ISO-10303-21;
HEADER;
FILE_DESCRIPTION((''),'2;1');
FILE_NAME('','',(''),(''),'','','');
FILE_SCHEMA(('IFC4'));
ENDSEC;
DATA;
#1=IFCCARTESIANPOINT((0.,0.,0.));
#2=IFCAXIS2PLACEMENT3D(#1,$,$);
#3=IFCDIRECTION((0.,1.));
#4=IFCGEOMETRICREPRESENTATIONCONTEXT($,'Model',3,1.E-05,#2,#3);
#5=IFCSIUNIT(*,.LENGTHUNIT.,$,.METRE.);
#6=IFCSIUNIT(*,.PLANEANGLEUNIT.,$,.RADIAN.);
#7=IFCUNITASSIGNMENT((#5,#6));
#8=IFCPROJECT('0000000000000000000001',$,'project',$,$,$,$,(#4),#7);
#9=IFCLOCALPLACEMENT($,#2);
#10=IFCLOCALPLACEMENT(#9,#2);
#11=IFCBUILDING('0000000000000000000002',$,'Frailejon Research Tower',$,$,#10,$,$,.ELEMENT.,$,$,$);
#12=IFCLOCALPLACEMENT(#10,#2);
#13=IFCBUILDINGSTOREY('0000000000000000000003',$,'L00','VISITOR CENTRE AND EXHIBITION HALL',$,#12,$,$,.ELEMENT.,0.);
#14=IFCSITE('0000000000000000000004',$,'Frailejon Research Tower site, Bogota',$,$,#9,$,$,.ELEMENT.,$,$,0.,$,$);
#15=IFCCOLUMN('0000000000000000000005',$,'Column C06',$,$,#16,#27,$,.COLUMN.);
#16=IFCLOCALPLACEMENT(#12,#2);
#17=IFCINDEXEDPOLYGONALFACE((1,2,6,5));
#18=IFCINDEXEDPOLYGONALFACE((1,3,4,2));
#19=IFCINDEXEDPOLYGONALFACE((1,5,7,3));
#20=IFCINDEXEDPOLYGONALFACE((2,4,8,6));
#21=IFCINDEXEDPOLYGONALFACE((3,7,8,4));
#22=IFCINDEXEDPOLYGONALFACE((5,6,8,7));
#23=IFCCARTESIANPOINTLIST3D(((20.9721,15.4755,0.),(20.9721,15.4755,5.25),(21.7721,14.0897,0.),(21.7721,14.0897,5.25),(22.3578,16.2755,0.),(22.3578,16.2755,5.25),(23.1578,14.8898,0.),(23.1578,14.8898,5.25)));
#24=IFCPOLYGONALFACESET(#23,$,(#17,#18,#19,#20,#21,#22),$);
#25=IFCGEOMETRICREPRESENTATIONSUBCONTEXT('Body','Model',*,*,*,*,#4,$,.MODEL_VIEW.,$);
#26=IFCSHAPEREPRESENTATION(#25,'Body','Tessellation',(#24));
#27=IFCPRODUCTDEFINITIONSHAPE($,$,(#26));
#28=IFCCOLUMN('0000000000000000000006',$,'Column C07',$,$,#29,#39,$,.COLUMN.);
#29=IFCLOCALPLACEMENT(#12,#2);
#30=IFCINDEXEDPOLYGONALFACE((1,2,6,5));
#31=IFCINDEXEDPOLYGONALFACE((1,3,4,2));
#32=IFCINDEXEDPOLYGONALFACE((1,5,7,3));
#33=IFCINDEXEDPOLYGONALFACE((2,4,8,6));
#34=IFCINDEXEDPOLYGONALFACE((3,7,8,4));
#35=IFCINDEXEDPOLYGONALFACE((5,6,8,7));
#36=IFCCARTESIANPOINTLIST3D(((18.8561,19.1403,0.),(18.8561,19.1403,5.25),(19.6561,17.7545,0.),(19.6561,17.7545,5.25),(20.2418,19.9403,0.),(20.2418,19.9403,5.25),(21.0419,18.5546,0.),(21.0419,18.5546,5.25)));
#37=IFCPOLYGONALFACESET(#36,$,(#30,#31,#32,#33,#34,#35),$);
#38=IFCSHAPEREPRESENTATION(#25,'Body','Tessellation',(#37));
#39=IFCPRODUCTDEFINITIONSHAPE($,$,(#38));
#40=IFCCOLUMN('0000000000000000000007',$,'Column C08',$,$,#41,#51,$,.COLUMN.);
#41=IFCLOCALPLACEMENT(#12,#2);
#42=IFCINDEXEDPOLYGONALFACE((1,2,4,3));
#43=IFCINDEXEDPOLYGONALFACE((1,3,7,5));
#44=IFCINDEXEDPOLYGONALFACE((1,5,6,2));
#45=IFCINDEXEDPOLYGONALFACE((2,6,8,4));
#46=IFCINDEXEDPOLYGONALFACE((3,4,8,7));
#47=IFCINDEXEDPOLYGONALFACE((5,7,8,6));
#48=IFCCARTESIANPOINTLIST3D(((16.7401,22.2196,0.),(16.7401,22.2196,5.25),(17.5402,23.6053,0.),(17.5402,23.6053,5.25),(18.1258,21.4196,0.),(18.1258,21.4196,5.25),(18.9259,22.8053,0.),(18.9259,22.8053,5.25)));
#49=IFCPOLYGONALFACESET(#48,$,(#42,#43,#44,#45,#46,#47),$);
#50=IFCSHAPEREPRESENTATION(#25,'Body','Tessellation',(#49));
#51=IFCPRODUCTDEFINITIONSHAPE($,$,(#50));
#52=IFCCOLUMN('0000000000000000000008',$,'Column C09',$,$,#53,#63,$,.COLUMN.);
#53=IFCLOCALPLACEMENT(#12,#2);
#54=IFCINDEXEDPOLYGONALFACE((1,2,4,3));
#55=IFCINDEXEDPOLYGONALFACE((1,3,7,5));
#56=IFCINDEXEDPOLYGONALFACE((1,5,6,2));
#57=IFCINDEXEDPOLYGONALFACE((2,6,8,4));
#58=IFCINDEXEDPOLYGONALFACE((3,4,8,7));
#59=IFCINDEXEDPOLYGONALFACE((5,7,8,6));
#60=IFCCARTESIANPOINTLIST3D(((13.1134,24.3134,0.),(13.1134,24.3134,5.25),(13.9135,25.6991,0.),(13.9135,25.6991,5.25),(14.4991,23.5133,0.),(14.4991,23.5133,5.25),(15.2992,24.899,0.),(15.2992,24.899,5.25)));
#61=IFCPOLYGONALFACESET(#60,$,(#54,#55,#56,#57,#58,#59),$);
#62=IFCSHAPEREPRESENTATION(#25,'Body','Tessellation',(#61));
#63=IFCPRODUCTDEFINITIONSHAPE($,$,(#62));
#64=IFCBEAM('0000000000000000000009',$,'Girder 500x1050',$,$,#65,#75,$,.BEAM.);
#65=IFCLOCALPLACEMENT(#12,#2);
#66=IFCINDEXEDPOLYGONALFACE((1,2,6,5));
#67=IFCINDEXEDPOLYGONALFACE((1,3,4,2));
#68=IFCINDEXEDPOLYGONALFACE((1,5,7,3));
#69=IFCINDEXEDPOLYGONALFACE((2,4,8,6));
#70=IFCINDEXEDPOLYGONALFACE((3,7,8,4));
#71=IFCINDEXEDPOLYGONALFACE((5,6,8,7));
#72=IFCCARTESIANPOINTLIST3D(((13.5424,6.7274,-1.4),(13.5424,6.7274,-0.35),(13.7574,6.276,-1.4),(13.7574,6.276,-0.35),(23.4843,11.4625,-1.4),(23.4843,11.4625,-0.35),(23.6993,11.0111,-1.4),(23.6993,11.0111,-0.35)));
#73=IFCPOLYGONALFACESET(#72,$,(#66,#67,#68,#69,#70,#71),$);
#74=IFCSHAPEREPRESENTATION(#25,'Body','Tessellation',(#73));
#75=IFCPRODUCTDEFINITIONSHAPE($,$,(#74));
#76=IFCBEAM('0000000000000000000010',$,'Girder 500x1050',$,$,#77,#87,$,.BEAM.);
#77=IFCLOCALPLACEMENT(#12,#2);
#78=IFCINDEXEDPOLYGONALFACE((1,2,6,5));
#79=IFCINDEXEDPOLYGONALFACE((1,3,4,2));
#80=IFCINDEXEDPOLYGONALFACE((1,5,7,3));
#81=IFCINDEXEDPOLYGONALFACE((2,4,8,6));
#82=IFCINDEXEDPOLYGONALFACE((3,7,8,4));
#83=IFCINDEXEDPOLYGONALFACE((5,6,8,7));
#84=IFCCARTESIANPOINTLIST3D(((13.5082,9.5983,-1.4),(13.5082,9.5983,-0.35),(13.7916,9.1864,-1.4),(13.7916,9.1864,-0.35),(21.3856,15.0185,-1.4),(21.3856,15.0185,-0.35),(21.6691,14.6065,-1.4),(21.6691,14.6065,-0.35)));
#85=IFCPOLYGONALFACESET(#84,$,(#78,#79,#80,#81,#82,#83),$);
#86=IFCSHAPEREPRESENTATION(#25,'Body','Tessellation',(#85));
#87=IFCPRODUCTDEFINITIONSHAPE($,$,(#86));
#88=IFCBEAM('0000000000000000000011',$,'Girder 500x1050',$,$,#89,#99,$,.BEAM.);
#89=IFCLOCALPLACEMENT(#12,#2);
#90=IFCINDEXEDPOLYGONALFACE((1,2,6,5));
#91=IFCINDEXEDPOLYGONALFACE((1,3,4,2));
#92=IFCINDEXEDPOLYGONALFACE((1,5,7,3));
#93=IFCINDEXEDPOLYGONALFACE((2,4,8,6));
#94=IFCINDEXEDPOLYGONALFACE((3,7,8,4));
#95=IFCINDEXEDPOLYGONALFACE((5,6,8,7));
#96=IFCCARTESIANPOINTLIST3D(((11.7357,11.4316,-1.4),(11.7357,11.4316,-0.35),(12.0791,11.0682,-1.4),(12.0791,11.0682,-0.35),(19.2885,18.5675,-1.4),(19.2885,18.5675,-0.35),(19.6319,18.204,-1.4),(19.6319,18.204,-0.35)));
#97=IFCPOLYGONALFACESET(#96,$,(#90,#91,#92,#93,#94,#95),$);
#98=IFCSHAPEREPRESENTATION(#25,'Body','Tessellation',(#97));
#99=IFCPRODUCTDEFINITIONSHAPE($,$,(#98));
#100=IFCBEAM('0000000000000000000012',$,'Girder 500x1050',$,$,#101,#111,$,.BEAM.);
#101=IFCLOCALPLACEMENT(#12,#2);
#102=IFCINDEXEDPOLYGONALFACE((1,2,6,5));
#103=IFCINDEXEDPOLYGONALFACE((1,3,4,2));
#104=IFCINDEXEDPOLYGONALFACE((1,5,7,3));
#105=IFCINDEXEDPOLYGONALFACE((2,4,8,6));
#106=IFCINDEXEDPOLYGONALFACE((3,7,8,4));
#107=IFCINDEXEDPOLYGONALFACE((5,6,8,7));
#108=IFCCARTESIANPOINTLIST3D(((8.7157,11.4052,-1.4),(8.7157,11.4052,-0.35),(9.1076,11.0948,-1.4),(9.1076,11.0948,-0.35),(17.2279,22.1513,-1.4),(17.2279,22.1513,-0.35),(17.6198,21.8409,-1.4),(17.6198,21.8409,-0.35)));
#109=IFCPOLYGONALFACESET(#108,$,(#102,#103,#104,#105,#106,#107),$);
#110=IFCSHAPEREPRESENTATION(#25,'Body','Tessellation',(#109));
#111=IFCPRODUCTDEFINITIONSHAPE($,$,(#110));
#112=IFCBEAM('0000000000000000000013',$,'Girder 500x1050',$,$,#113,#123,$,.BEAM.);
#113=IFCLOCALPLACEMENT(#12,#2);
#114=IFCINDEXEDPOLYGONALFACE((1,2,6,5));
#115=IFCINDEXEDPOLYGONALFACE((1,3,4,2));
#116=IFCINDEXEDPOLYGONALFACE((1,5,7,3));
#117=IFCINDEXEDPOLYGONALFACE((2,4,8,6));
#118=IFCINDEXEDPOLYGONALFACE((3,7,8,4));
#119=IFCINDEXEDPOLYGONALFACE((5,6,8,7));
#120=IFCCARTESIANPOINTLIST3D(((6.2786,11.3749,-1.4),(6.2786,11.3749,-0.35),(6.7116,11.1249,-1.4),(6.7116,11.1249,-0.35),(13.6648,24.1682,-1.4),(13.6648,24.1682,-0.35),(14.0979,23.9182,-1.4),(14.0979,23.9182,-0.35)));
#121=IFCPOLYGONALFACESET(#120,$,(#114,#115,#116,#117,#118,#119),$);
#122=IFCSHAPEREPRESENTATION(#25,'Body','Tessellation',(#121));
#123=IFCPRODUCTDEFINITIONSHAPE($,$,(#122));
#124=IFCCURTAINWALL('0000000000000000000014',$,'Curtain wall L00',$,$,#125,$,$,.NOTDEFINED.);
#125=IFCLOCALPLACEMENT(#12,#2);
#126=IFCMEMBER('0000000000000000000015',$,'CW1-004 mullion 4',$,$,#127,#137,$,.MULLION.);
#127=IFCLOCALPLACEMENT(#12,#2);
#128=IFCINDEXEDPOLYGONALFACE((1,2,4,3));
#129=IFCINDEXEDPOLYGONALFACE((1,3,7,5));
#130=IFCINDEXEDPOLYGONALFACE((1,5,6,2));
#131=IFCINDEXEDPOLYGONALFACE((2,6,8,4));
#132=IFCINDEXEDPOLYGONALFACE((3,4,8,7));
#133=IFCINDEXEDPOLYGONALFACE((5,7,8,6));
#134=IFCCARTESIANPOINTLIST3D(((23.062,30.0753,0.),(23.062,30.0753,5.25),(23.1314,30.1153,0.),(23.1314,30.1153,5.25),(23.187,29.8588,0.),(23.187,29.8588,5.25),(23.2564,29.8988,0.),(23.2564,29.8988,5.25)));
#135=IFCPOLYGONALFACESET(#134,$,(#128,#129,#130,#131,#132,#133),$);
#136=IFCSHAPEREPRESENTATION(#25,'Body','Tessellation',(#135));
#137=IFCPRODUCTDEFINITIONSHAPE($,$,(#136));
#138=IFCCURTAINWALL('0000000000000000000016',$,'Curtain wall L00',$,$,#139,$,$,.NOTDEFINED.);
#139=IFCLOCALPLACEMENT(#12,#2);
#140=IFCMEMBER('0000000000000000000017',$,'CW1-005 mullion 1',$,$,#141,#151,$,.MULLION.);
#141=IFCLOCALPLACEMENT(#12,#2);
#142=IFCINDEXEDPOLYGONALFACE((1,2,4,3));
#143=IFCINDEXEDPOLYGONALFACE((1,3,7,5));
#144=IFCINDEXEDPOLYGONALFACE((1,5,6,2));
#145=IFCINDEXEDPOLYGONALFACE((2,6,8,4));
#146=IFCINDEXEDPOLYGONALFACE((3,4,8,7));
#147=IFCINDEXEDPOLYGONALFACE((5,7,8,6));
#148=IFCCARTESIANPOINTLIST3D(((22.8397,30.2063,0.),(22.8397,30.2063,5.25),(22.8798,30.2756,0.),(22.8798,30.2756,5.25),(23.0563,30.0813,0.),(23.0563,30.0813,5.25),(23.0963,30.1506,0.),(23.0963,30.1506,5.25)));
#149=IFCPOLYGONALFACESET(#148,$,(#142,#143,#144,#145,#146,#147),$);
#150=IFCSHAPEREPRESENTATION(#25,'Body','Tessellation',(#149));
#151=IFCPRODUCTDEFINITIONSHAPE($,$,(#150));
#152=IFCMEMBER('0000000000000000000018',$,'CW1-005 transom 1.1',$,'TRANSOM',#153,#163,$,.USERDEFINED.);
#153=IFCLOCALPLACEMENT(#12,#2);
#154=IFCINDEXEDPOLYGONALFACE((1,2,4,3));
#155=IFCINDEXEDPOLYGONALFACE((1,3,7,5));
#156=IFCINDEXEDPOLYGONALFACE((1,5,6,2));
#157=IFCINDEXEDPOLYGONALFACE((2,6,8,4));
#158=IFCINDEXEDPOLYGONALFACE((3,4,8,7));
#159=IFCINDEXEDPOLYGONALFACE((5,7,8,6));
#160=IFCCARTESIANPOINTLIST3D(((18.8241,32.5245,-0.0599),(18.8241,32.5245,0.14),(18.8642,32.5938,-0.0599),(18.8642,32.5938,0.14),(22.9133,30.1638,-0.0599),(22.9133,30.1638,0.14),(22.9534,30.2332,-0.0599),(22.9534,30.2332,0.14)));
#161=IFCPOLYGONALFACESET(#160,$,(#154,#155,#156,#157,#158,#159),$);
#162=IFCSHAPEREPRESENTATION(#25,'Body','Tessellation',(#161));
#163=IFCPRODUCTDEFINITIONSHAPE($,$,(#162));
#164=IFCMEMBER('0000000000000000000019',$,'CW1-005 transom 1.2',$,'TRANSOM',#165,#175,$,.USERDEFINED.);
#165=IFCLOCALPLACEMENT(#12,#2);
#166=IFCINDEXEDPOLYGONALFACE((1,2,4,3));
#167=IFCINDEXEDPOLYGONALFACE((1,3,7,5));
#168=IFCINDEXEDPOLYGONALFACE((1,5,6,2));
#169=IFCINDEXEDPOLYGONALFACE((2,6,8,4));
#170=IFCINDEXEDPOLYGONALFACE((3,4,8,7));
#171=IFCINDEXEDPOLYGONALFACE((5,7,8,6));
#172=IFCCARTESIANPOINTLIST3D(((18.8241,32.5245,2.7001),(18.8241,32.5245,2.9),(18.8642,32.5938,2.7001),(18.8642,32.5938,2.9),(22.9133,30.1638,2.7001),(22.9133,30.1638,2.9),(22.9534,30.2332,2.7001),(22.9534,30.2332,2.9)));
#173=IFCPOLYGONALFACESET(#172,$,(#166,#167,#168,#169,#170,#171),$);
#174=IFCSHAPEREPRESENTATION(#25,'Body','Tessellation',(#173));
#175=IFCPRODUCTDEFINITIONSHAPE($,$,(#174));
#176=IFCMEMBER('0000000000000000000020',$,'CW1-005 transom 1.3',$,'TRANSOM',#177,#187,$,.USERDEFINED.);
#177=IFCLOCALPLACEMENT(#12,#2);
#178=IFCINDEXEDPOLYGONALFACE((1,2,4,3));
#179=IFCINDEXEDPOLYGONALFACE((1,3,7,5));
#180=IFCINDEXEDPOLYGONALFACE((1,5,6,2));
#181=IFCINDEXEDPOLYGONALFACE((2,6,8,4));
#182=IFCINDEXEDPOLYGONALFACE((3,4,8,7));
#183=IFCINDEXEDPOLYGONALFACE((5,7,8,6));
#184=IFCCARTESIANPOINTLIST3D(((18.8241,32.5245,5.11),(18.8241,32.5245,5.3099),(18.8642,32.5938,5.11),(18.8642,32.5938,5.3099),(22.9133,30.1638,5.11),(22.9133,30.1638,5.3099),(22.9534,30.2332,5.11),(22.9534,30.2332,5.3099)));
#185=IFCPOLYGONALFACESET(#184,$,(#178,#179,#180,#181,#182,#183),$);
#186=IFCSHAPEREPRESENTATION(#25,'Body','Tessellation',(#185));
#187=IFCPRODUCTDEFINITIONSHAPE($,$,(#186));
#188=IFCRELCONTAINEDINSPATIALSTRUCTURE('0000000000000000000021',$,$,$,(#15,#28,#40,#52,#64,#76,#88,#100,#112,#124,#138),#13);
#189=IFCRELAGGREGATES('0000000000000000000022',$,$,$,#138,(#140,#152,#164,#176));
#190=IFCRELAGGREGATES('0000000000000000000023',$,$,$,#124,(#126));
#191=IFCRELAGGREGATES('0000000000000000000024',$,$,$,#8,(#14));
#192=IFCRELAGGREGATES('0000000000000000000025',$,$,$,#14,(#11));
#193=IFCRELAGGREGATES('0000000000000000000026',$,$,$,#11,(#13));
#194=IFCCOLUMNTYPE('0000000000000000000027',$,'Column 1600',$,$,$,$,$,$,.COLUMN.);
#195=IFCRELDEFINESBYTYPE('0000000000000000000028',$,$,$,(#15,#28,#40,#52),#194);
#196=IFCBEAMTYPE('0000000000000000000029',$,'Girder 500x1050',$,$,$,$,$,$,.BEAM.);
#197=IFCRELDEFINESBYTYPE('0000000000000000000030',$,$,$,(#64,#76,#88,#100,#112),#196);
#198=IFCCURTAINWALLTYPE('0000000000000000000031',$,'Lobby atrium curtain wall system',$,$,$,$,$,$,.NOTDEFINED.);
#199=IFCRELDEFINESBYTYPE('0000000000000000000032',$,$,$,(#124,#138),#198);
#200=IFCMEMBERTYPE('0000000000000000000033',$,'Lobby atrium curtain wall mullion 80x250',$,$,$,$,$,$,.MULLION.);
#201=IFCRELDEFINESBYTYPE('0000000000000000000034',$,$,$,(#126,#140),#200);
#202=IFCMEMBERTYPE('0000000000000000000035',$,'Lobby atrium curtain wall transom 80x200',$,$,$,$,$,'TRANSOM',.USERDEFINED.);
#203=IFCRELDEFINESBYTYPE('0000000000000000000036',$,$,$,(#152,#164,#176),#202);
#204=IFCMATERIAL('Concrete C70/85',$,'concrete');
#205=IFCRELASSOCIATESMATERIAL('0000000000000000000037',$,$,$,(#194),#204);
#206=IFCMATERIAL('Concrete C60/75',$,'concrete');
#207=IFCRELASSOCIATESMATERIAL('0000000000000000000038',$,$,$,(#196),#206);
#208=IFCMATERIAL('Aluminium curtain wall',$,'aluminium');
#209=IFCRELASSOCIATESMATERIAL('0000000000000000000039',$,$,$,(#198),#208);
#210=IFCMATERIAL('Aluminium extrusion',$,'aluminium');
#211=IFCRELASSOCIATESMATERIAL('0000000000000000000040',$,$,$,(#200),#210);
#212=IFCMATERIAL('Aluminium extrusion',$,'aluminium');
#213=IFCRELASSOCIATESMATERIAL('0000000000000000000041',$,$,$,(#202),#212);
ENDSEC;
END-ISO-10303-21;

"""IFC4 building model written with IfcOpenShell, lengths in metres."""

from ifc_helpers import new_model, si_unit, direction, frame, origin, origin_2d, place, context, subcontext, project, spatial, rectangle, extrude, material, material_profile, profile_set, type_object, element, aggregate, save


model = new_model("IFC4")

# Units and contexts
model_context = context("Model", 3, precision=1e-05, world=origin(), true_north=direction((0.0, 1.0)))
body_context = subcontext(model_context, "Body", "Model", "MODEL_VIEW")
ifc_project = project(units=[si_unit("LENGTHUNIT", "METRE"), si_unit("PLANEANGLEUNIT", "RADIAN")], contexts=[model_context])

# Site, building, storey
site_placement = place(None, origin())
site = spatial("IfcSite", under=ifc_project, at=site_placement, Name="Frailejon Research Tower site, Bogota", CompositionType="ELEMENT", RefElevation=0.0)
building_placement = place(site_placement, origin())
building = spatial("IfcBuilding", under=site, at=building_placement, Name="Frailejon Research Tower", CompositionType="ELEMENT")
storey_placement = place(building_placement, origin())
storey = spatial("IfcBuildingStorey", under=building, at=storey_placement, Name="L00", Description="VISITOR CENTRE AND EXHIBITION HALL", CompositionType="ELEMENT", Elevation=0.0)

# Columns
ifc_material_1 = material(Name="Concrete C70/85", Category="concrete")
ifc_material_profile_1 = material_profile(ifc_material_1, rectangle(XDim=1.6001, YDim=1.6001, at=origin_2d()), Name="Column 1600")
ifc_profile_set_1 = profile_set([ifc_material_profile_1], Name="Concrete C70/85")
column_type = type_object("IfcColumnType", Name="Column 1600", PredefinedType="COLUMN", material=ifc_profile_set_1)
for number, where, z_axis, x_axis, name in (
    (1, (22.0649, 15.1826, 0.0), (0.0, 0.0, 1.0), (-0.5, 0.866025, 0.0), "Column C06"),
    (2, (19.949, 18.8474, 0.0), (0.0, 0.0, 1.0), (-0.5, 0.866025, 0.0), "Column C07"),
    (3, (17.833, 22.5125, 0.0), (0.0, 0.0, 1.0), (-0.866025, 0.5, 0.0), "Column C08"),
    (4, (14.2063, 24.6062, 0.0), (0.0, 0.0, 1.0), (-0.866025, 0.5, 0.0), "Column C09"),
):
    element("IfcColumn", number, at=place(storey_placement, frame(where, z_axis=z_axis, x_axis=x_axis)), inside=storey, type_object=column_type, Name=name, PredefinedType="COLUMN", context=body_context, shape_type="SweptSolid", body=[
        extrude(rectangle(XDim=1.6001, YDim=1.6001, at=origin_2d()), origin(), (0.0, 0.0, 1.0), 5.25),
    ])

# Beams
ifc_material_2 = material(Name="Concrete C60/75", Category="concrete")
ifc_material_profile_2 = material_profile(ifc_material_2, rectangle(XDim=0.5, YDim=1.05, at=origin_2d()), Name="Girder 500x1050")
ifc_profile_set_2 = profile_set([ifc_material_profile_2], Name="Concrete C60/75")
beam_type_1 = type_object("IfcBeamType", Name="Girder 500x1050", PredefinedType="BEAM", material=ifc_profile_set_2)
beam_1_placement = place(storey_placement, frame((23.5918, 11.2368, -0.875), z_axis=(-0.90283, -0.429998, 0.0), x_axis=(0.429998, -0.90283, 0.0)))
element("IfcBeam", 5, at=beam_1_placement, inside=storey, type_object=beam_type_1, Name="Girder 500x1050", PredefinedType="BEAM", context=body_context, shape_type="SweptSolid", body=[
    extrude(rectangle(XDim=0.5, YDim=1.05, at=origin_2d()), origin(), (0.0, 0.0, 1.0), 11.012),
])
beam_2_placement = place(storey_placement, frame((21.5273, 14.8125, -0.875), z_axis=(-0.823826, -0.566843, 0.0), x_axis=(0.566843, -0.823826, 0.0)))
element("IfcBeam", 6, at=beam_2_placement, inside=storey, type_object=beam_type_1, Name="Girder 500x1050", PredefinedType="BEAM", context=body_context, shape_type="SweptSolid", body=[
    extrude(rectangle(XDim=0.5, YDim=1.05, at=origin_2d()), origin(), (0.0, 0.0, 1.0), 9.562),
])
beam_3_placement = place(storey_placement, frame((19.4602, 18.3857, -0.875), z_axis=(-0.726888, -0.686756, 0.0), x_axis=(0.686756, -0.726888, 0.0)))
element("IfcBeam", 7, at=beam_3_placement, inside=storey, type_object=beam_type_1, Name="Girder 500x1050", PredefinedType="BEAM", context=body_context, shape_type="SweptSolid", body=[
    extrude(rectangle(XDim=0.5, YDim=1.05, at=origin_2d()), origin(), (0.0, 0.0, 1.0), 10.3906),
])
beam_4_placement = place(storey_placement, frame((17.4238, 21.9961, -0.875), z_axis=(-0.620922, -0.783872, 0.0), x_axis=(0.783872, -0.620922, 0.0)))
element("IfcBeam", 8, at=beam_4_placement, inside=storey, type_object=beam_type_1, Name="Girder 500x1050", PredefinedType="BEAM", context=body_context, shape_type="SweptSolid", body=[
    extrude(rectangle(XDim=0.5, YDim=1.05, at=origin_2d()), origin(), (0.0, 0.0, 1.0), 13.709),
])
beam_5_placement = place(storey_placement, frame((13.8813, 24.0432, -0.875), z_axis=(-0.500003, -0.866023, 0.0), x_axis=(0.866023, -0.500003, 0.0)))
element("IfcBeam", 9, at=beam_5_placement, inside=storey, type_object=beam_type_1, Name="Girder 500x1050", PredefinedType="BEAM", context=body_context, shape_type="SweptSolid", body=[
    extrude(rectangle(XDim=0.5, YDim=1.05, at=origin_2d()), origin(), (0.0, 0.0, 1.0), 14.7725),
])

# Curtain wall, member
ifc_material_3 = material(Name="Aluminium curtain wall", Category="aluminium")
curtain_wall_type = type_object("IfcCurtainWallType", Name="Lobby atrium curtain wall system", PredefinedType="NOTDEFINED", material=ifc_material_3)
curtain_wall_1_placement = place(storey_placement, origin())
curtain_wall_1 = element("IfcCurtainWall", 10, at=curtain_wall_1_placement, inside=storey, type_object=curtain_wall_type, Name="Curtain wall L00", PredefinedType="NOTDEFINED")
ifc_material_4 = material(Name="Aluminium extrusion", Category="aluminium")
ifc_material_profile_3 = material_profile(ifc_material_4, rectangle(XDim=0.0801, YDim=0.25, at=origin_2d()), Name="Lobby atrium curtain wall mullion 80x250")
ifc_profile_set_3 = profile_set([ifc_material_profile_3], Name="Aluminium extrusion")
member_type_1 = type_object("IfcMemberType", Name="Lobby atrium curtain wall mullion 80x250", PredefinedType="MULLION", material=ifc_profile_set_3)
member_1_placement = place(storey_placement, frame((23.1592, 29.9871, 0.0), z_axis=(0.0, 0.0, 1.0), x_axis=(-0.866026, -0.5, 0.0)))
member_1 = element("IfcMember", 11, at=member_1_placement, type_object=member_type_1, Name="CW1-004 mullion 4", PredefinedType="MULLION", context=body_context, shape_type="SweptSolid", body=[
    extrude(rectangle(XDim=0.0801, YDim=0.25, at=origin_2d()), origin(), (0.0, 0.0, 1.0), 5.25),
])

# Curtain wall, members
curtain_wall_2_placement = place(storey_placement, origin())
curtain_wall_2 = element("IfcCurtainWall", 12, at=curtain_wall_2_placement, inside=storey, type_object=curtain_wall_type, Name="Curtain wall L00", PredefinedType="NOTDEFINED")
member_2_placement = place(storey_placement, frame((22.968, 30.1785, 0.0), z_axis=(0.0, 0.0, 1.0), x_axis=(-0.5, -0.866025, 0.0)))
member_2 = element("IfcMember", 13, at=member_2_placement, type_object=member_type_1, Name="CW1-005 mullion 1", PredefinedType="MULLION", context=body_context, shape_type="SweptSolid", body=[
    extrude(rectangle(XDim=0.0801, YDim=0.25, at=origin_2d()), origin(), (0.0, 0.0, 1.0), 5.25),
])
ifc_material_5 = material(Name="Aluminium extrusion", Category="aluminium")
ifc_material_profile_4 = material_profile(ifc_material_5, rectangle(XDim=0.0801, YDim=0.2, at=origin_2d()), Name="Lobby atrium curtain wall transom 80x200")
ifc_profile_set_4 = profile_set([ifc_material_profile_4], Name="Aluminium extrusion")
member_type_2 = type_object("IfcMemberType", Name="Lobby atrium curtain wall transom 80x200", ElementType="TRANSOM", PredefinedType="USERDEFINED", material=ifc_profile_set_4)
member_3_placement = place(storey_placement, frame((22.9333, 30.1985, 0.04), z_axis=(-0.866049, 0.49996, 0.0), x_axis=(-0.49996, -0.866049, 0.0)))
member_3 = element("IfcMember", 14, at=member_3_placement, type_object=member_type_2, Name="CW1-005 transom 1.1", ObjectType="TRANSOM", PredefinedType="USERDEFINED", context=body_context, shape_type="SweptSolid", body=[
    extrude(rectangle(XDim=0.0801, YDim=0.2, at=origin_2d()), origin(), (0.0, 0.0, 1.0), 4.7217),
])
member_4_placement = place(storey_placement, frame((22.9333, 30.1985, 2.8), z_axis=(-0.866049, 0.49996, 0.0), x_axis=(-0.49996, -0.866049, 0.0)))
member_4 = element("IfcMember", 15, at=member_4_placement, type_object=member_type_2, Name="CW1-005 transom 1.2", ObjectType="TRANSOM", PredefinedType="USERDEFINED", context=body_context, shape_type="SweptSolid", body=[
    extrude(rectangle(XDim=0.0801, YDim=0.2, at=origin_2d()), origin(), (0.0, 0.0, 1.0), 4.7217),
])
member_5_placement = place(storey_placement, frame((22.9333, 30.1985, 5.21), z_axis=(-0.866049, 0.49996, 0.0), x_axis=(-0.49996, -0.866049, 0.0)))
member_5 = element("IfcMember", 16, at=member_5_placement, type_object=member_type_2, Name="CW1-005 transom 1.3", ObjectType="TRANSOM", PredefinedType="USERDEFINED", context=body_context, shape_type="SweptSolid", body=[
    extrude(rectangle(XDim=0.0801, YDim=0.2, at=origin_2d()), origin(), (0.0, 0.0, 1.0), 4.7217),
])
aggregate(curtain_wall_2, [member_2, member_3, member_4, member_5])

aggregate(curtain_wall_1, [member_1])

save(model, "model.ifc")
